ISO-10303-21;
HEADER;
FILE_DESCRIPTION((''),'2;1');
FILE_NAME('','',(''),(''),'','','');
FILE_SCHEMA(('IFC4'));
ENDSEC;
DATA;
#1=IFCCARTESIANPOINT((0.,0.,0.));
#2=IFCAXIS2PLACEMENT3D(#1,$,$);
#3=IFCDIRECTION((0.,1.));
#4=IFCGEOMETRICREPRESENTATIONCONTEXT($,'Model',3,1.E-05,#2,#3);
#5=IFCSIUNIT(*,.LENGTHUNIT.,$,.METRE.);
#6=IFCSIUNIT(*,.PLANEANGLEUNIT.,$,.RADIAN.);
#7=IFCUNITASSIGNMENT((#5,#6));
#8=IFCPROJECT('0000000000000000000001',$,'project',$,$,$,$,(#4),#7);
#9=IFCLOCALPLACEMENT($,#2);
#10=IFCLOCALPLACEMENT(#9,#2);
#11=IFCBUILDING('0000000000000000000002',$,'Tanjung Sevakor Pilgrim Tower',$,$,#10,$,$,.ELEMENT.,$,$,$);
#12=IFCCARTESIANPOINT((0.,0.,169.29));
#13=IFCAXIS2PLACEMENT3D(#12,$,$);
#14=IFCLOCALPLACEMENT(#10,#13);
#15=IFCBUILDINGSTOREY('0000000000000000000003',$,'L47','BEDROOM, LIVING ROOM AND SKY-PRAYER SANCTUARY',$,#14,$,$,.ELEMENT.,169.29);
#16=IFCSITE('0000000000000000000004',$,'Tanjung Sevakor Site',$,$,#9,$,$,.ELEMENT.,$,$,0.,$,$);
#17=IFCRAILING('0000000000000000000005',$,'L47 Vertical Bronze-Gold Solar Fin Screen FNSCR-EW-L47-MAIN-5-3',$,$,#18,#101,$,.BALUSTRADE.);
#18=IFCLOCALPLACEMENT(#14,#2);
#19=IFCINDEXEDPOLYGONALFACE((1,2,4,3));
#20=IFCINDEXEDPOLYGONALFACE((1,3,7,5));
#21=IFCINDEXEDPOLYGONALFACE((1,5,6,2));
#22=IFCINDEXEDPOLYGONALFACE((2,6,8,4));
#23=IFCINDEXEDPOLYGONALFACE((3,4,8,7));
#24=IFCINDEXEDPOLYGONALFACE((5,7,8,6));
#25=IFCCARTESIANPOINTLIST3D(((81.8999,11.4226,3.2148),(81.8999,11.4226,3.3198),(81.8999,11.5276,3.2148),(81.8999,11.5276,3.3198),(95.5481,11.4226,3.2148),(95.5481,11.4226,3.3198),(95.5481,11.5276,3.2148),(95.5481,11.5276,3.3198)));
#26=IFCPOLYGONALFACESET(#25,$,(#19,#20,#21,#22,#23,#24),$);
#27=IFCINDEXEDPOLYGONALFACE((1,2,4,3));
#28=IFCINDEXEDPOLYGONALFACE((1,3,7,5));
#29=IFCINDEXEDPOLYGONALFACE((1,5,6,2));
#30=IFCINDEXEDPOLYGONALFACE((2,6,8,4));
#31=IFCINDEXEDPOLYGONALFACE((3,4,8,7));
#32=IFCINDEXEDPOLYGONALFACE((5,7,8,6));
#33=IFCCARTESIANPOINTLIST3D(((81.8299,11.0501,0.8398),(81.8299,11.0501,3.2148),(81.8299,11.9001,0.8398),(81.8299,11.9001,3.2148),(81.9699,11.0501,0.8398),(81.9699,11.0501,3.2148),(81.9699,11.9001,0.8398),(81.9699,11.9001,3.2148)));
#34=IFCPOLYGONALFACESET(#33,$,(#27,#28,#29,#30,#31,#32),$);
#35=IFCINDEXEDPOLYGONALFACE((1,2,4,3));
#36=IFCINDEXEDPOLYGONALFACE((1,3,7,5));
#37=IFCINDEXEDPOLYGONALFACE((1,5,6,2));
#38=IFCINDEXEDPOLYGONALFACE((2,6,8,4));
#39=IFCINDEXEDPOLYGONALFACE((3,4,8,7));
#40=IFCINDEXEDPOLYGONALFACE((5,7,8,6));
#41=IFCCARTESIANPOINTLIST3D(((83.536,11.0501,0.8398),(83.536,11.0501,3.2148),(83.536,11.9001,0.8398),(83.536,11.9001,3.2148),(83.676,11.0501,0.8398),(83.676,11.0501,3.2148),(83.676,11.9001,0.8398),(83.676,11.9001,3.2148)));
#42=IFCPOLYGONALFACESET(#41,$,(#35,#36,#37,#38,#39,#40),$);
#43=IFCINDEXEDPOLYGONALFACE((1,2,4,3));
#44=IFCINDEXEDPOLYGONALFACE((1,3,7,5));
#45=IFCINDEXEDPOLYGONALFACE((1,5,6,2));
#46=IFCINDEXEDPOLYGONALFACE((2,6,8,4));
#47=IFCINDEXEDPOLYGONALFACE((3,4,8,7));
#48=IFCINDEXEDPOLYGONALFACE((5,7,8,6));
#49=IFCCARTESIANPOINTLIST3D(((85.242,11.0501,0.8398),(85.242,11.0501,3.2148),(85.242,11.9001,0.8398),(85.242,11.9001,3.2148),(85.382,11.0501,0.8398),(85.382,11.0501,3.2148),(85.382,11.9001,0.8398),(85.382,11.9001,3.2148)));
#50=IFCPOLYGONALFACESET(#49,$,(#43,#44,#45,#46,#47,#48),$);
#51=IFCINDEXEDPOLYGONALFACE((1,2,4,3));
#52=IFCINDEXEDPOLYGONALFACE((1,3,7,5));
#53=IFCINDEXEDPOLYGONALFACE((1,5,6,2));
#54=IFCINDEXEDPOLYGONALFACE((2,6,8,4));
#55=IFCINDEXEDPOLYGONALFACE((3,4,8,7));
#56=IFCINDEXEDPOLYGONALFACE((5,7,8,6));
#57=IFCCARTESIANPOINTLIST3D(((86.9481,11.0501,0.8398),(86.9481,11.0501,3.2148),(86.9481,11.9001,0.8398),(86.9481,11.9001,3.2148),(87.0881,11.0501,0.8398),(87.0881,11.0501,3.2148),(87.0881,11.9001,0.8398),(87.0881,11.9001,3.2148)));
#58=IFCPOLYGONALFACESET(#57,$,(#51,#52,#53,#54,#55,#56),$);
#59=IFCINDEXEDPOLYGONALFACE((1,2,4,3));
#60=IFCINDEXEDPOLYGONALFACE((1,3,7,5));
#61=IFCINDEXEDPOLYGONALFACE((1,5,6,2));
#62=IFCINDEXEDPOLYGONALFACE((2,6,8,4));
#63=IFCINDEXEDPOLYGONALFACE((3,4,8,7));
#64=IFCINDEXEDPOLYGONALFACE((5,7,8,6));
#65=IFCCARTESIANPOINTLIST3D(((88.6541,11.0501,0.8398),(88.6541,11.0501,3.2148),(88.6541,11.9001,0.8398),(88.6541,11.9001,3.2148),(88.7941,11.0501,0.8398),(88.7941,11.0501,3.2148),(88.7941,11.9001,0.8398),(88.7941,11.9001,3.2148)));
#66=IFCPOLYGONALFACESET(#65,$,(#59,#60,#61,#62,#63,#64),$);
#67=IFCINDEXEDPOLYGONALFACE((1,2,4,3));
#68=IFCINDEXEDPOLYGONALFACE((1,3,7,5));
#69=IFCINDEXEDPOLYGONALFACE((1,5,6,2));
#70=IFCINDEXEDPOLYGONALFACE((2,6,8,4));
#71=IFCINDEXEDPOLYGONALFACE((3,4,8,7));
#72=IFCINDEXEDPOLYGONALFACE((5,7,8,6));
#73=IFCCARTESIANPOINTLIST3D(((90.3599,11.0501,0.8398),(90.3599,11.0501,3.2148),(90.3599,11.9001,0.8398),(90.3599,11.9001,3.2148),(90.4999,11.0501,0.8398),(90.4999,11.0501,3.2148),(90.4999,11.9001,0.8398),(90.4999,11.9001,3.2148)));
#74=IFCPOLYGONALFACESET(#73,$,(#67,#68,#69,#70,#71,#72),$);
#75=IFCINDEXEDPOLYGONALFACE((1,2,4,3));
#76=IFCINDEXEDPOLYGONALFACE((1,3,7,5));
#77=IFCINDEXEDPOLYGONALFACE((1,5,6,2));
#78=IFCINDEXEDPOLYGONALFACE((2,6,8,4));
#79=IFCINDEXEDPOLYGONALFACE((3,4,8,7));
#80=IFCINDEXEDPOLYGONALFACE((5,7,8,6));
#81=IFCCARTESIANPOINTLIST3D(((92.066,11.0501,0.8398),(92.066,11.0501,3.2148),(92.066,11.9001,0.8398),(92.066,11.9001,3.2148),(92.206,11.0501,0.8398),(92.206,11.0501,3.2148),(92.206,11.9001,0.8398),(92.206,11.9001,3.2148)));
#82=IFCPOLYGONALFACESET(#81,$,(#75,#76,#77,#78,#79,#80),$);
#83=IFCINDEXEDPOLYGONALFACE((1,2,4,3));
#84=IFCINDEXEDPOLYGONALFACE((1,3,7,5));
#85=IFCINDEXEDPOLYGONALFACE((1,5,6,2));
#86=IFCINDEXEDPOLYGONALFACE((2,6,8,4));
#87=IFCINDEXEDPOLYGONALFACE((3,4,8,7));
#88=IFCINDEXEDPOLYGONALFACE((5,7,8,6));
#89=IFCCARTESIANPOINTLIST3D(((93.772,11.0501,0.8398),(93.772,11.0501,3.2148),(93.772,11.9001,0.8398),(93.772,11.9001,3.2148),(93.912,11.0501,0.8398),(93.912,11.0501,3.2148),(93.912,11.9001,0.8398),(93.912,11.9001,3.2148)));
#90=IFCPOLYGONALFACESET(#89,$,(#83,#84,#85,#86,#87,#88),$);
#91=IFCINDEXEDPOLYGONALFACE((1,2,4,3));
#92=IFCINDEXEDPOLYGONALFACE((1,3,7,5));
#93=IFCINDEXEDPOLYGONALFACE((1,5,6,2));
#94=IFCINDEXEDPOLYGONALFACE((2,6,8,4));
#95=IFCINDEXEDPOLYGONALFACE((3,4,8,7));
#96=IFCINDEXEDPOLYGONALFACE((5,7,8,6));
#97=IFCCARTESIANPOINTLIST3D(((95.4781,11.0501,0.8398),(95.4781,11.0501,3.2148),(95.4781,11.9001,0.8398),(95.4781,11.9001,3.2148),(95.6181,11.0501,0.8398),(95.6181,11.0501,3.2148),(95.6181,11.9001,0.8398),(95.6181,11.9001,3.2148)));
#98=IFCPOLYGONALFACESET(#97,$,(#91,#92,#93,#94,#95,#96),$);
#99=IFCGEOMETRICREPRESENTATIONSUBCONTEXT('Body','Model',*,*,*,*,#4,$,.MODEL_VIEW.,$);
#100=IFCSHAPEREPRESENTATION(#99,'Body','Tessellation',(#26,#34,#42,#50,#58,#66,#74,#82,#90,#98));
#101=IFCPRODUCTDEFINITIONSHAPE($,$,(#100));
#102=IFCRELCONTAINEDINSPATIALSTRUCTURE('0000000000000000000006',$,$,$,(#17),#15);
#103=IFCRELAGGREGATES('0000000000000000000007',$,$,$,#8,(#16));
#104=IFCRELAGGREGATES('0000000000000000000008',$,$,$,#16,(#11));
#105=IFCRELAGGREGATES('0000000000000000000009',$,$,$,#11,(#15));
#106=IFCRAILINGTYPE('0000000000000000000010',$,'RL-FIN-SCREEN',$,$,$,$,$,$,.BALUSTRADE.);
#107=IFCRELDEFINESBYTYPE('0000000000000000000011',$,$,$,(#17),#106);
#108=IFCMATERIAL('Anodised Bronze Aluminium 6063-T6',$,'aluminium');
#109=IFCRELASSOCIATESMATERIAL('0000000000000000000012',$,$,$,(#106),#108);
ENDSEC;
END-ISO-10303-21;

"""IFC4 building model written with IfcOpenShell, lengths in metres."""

from ifc_helpers import new_model, si_unit, direction, frame, origin, place, context, subcontext, project, spatial, rectangle, extrude, material, type_object, element, save


model = new_model("IFC4")

# Units and contexts
model_context = context("Model", 3, precision=1e-05, world=origin(), true_north=direction((0.0, 1.0)))
body_context = subcontext(model_context, "Body", "Model", "MODEL_VIEW")
ifc_project = project(units=[si_unit("LENGTHUNIT", "METRE"), si_unit("PLANEANGLEUNIT", "RADIAN")], contexts=[model_context])

# Site, building, storey
site_placement = place(None, origin())
site = spatial("IfcSite", under=ifc_project, at=site_placement, Name="Tanjung Sevakor Site", CompositionType="ELEMENT", RefElevation=0.0)
building_placement = place(site_placement, origin())
building = spatial("IfcBuilding", under=site, at=building_placement, Name="Tanjung Sevakor Pilgrim Tower", CompositionType="ELEMENT")
storey_placement = place(building_placement, frame((0.0, 0.0, 169.29)))
storey = spatial("IfcBuildingStorey", under=building, at=storey_placement, Name="L47", Description="BEDROOM, LIVING ROOM AND SKY-PRAYER SANCTUARY", CompositionType="ELEMENT", Elevation=169.29)

# Railing
ifc_material_1 = material(Name="Anodised Bronze Aluminium 6063-T6", Category="aluminium")
railing_type = type_object("IfcRailingType", Name="RL-FIN-SCREEN", PredefinedType="BALUSTRADE", material=ifc_material_1)
railing_placement = place(storey_placement, frame((81.8999, 11.4751, 0.8398)))
element("IfcRailing", 1, at=railing_placement, inside=storey, type_object=railing_type, Name="L47 Vertical Bronze-Gold Solar Fin Screen FNSCR-EW-L47-MAIN-5-3", PredefinedType="BALUSTRADE", context=body_context, shape_type="SweptSolid", body=[
    extrude(rectangle(XDim=0.105, YDim=0.105), frame((0.0, 0.0, 2.4275), z_axis=(1.0, 0.0, 0.0), x_axis=(0.0, 1.0, 0.0)), (0.0, 0.0, 1.0), 13.6482),
    extrude(rectangle(XDim=0.14, YDim=0.85), origin(), (0.0, 0.0, 1.0), 2.375),
    extrude(rectangle(XDim=0.14, YDim=0.85), frame((1.7061, 0.0, 0.0)), (0.0, 0.0, 1.0), 2.375),
    extrude(rectangle(XDim=0.14, YDim=0.85), frame((3.4121, 0.0, 0.0)), (0.0, 0.0, 1.0), 2.375),
    extrude(rectangle(XDim=0.14, YDim=0.85), frame((5.1182, 0.0, 0.0)), (0.0, 0.0, 1.0), 2.375),
    extrude(rectangle(XDim=0.14, YDim=0.85), frame((6.8242, 0.0, 0.0)), (0.0, 0.0, 1.0), 2.375),
    extrude(rectangle(XDim=0.14, YDim=0.85), frame((8.53, 0.0, 0.0)), (0.0, 0.0, 1.0), 2.375),
    extrude(rectangle(XDim=0.14, YDim=0.85), frame((10.2361, 0.0, 0.0)), (0.0, 0.0, 1.0), 2.375),
    extrude(rectangle(XDim=0.14, YDim=0.85), frame((11.9421, 0.0, 0.0)), (0.0, 0.0, 1.0), 2.375),
    extrude(rectangle(XDim=0.14, YDim=0.85), frame((13.6482, 0.0, 0.0)), (0.0, 0.0, 1.0), 2.375),
])

save(model, "model.ifc")
